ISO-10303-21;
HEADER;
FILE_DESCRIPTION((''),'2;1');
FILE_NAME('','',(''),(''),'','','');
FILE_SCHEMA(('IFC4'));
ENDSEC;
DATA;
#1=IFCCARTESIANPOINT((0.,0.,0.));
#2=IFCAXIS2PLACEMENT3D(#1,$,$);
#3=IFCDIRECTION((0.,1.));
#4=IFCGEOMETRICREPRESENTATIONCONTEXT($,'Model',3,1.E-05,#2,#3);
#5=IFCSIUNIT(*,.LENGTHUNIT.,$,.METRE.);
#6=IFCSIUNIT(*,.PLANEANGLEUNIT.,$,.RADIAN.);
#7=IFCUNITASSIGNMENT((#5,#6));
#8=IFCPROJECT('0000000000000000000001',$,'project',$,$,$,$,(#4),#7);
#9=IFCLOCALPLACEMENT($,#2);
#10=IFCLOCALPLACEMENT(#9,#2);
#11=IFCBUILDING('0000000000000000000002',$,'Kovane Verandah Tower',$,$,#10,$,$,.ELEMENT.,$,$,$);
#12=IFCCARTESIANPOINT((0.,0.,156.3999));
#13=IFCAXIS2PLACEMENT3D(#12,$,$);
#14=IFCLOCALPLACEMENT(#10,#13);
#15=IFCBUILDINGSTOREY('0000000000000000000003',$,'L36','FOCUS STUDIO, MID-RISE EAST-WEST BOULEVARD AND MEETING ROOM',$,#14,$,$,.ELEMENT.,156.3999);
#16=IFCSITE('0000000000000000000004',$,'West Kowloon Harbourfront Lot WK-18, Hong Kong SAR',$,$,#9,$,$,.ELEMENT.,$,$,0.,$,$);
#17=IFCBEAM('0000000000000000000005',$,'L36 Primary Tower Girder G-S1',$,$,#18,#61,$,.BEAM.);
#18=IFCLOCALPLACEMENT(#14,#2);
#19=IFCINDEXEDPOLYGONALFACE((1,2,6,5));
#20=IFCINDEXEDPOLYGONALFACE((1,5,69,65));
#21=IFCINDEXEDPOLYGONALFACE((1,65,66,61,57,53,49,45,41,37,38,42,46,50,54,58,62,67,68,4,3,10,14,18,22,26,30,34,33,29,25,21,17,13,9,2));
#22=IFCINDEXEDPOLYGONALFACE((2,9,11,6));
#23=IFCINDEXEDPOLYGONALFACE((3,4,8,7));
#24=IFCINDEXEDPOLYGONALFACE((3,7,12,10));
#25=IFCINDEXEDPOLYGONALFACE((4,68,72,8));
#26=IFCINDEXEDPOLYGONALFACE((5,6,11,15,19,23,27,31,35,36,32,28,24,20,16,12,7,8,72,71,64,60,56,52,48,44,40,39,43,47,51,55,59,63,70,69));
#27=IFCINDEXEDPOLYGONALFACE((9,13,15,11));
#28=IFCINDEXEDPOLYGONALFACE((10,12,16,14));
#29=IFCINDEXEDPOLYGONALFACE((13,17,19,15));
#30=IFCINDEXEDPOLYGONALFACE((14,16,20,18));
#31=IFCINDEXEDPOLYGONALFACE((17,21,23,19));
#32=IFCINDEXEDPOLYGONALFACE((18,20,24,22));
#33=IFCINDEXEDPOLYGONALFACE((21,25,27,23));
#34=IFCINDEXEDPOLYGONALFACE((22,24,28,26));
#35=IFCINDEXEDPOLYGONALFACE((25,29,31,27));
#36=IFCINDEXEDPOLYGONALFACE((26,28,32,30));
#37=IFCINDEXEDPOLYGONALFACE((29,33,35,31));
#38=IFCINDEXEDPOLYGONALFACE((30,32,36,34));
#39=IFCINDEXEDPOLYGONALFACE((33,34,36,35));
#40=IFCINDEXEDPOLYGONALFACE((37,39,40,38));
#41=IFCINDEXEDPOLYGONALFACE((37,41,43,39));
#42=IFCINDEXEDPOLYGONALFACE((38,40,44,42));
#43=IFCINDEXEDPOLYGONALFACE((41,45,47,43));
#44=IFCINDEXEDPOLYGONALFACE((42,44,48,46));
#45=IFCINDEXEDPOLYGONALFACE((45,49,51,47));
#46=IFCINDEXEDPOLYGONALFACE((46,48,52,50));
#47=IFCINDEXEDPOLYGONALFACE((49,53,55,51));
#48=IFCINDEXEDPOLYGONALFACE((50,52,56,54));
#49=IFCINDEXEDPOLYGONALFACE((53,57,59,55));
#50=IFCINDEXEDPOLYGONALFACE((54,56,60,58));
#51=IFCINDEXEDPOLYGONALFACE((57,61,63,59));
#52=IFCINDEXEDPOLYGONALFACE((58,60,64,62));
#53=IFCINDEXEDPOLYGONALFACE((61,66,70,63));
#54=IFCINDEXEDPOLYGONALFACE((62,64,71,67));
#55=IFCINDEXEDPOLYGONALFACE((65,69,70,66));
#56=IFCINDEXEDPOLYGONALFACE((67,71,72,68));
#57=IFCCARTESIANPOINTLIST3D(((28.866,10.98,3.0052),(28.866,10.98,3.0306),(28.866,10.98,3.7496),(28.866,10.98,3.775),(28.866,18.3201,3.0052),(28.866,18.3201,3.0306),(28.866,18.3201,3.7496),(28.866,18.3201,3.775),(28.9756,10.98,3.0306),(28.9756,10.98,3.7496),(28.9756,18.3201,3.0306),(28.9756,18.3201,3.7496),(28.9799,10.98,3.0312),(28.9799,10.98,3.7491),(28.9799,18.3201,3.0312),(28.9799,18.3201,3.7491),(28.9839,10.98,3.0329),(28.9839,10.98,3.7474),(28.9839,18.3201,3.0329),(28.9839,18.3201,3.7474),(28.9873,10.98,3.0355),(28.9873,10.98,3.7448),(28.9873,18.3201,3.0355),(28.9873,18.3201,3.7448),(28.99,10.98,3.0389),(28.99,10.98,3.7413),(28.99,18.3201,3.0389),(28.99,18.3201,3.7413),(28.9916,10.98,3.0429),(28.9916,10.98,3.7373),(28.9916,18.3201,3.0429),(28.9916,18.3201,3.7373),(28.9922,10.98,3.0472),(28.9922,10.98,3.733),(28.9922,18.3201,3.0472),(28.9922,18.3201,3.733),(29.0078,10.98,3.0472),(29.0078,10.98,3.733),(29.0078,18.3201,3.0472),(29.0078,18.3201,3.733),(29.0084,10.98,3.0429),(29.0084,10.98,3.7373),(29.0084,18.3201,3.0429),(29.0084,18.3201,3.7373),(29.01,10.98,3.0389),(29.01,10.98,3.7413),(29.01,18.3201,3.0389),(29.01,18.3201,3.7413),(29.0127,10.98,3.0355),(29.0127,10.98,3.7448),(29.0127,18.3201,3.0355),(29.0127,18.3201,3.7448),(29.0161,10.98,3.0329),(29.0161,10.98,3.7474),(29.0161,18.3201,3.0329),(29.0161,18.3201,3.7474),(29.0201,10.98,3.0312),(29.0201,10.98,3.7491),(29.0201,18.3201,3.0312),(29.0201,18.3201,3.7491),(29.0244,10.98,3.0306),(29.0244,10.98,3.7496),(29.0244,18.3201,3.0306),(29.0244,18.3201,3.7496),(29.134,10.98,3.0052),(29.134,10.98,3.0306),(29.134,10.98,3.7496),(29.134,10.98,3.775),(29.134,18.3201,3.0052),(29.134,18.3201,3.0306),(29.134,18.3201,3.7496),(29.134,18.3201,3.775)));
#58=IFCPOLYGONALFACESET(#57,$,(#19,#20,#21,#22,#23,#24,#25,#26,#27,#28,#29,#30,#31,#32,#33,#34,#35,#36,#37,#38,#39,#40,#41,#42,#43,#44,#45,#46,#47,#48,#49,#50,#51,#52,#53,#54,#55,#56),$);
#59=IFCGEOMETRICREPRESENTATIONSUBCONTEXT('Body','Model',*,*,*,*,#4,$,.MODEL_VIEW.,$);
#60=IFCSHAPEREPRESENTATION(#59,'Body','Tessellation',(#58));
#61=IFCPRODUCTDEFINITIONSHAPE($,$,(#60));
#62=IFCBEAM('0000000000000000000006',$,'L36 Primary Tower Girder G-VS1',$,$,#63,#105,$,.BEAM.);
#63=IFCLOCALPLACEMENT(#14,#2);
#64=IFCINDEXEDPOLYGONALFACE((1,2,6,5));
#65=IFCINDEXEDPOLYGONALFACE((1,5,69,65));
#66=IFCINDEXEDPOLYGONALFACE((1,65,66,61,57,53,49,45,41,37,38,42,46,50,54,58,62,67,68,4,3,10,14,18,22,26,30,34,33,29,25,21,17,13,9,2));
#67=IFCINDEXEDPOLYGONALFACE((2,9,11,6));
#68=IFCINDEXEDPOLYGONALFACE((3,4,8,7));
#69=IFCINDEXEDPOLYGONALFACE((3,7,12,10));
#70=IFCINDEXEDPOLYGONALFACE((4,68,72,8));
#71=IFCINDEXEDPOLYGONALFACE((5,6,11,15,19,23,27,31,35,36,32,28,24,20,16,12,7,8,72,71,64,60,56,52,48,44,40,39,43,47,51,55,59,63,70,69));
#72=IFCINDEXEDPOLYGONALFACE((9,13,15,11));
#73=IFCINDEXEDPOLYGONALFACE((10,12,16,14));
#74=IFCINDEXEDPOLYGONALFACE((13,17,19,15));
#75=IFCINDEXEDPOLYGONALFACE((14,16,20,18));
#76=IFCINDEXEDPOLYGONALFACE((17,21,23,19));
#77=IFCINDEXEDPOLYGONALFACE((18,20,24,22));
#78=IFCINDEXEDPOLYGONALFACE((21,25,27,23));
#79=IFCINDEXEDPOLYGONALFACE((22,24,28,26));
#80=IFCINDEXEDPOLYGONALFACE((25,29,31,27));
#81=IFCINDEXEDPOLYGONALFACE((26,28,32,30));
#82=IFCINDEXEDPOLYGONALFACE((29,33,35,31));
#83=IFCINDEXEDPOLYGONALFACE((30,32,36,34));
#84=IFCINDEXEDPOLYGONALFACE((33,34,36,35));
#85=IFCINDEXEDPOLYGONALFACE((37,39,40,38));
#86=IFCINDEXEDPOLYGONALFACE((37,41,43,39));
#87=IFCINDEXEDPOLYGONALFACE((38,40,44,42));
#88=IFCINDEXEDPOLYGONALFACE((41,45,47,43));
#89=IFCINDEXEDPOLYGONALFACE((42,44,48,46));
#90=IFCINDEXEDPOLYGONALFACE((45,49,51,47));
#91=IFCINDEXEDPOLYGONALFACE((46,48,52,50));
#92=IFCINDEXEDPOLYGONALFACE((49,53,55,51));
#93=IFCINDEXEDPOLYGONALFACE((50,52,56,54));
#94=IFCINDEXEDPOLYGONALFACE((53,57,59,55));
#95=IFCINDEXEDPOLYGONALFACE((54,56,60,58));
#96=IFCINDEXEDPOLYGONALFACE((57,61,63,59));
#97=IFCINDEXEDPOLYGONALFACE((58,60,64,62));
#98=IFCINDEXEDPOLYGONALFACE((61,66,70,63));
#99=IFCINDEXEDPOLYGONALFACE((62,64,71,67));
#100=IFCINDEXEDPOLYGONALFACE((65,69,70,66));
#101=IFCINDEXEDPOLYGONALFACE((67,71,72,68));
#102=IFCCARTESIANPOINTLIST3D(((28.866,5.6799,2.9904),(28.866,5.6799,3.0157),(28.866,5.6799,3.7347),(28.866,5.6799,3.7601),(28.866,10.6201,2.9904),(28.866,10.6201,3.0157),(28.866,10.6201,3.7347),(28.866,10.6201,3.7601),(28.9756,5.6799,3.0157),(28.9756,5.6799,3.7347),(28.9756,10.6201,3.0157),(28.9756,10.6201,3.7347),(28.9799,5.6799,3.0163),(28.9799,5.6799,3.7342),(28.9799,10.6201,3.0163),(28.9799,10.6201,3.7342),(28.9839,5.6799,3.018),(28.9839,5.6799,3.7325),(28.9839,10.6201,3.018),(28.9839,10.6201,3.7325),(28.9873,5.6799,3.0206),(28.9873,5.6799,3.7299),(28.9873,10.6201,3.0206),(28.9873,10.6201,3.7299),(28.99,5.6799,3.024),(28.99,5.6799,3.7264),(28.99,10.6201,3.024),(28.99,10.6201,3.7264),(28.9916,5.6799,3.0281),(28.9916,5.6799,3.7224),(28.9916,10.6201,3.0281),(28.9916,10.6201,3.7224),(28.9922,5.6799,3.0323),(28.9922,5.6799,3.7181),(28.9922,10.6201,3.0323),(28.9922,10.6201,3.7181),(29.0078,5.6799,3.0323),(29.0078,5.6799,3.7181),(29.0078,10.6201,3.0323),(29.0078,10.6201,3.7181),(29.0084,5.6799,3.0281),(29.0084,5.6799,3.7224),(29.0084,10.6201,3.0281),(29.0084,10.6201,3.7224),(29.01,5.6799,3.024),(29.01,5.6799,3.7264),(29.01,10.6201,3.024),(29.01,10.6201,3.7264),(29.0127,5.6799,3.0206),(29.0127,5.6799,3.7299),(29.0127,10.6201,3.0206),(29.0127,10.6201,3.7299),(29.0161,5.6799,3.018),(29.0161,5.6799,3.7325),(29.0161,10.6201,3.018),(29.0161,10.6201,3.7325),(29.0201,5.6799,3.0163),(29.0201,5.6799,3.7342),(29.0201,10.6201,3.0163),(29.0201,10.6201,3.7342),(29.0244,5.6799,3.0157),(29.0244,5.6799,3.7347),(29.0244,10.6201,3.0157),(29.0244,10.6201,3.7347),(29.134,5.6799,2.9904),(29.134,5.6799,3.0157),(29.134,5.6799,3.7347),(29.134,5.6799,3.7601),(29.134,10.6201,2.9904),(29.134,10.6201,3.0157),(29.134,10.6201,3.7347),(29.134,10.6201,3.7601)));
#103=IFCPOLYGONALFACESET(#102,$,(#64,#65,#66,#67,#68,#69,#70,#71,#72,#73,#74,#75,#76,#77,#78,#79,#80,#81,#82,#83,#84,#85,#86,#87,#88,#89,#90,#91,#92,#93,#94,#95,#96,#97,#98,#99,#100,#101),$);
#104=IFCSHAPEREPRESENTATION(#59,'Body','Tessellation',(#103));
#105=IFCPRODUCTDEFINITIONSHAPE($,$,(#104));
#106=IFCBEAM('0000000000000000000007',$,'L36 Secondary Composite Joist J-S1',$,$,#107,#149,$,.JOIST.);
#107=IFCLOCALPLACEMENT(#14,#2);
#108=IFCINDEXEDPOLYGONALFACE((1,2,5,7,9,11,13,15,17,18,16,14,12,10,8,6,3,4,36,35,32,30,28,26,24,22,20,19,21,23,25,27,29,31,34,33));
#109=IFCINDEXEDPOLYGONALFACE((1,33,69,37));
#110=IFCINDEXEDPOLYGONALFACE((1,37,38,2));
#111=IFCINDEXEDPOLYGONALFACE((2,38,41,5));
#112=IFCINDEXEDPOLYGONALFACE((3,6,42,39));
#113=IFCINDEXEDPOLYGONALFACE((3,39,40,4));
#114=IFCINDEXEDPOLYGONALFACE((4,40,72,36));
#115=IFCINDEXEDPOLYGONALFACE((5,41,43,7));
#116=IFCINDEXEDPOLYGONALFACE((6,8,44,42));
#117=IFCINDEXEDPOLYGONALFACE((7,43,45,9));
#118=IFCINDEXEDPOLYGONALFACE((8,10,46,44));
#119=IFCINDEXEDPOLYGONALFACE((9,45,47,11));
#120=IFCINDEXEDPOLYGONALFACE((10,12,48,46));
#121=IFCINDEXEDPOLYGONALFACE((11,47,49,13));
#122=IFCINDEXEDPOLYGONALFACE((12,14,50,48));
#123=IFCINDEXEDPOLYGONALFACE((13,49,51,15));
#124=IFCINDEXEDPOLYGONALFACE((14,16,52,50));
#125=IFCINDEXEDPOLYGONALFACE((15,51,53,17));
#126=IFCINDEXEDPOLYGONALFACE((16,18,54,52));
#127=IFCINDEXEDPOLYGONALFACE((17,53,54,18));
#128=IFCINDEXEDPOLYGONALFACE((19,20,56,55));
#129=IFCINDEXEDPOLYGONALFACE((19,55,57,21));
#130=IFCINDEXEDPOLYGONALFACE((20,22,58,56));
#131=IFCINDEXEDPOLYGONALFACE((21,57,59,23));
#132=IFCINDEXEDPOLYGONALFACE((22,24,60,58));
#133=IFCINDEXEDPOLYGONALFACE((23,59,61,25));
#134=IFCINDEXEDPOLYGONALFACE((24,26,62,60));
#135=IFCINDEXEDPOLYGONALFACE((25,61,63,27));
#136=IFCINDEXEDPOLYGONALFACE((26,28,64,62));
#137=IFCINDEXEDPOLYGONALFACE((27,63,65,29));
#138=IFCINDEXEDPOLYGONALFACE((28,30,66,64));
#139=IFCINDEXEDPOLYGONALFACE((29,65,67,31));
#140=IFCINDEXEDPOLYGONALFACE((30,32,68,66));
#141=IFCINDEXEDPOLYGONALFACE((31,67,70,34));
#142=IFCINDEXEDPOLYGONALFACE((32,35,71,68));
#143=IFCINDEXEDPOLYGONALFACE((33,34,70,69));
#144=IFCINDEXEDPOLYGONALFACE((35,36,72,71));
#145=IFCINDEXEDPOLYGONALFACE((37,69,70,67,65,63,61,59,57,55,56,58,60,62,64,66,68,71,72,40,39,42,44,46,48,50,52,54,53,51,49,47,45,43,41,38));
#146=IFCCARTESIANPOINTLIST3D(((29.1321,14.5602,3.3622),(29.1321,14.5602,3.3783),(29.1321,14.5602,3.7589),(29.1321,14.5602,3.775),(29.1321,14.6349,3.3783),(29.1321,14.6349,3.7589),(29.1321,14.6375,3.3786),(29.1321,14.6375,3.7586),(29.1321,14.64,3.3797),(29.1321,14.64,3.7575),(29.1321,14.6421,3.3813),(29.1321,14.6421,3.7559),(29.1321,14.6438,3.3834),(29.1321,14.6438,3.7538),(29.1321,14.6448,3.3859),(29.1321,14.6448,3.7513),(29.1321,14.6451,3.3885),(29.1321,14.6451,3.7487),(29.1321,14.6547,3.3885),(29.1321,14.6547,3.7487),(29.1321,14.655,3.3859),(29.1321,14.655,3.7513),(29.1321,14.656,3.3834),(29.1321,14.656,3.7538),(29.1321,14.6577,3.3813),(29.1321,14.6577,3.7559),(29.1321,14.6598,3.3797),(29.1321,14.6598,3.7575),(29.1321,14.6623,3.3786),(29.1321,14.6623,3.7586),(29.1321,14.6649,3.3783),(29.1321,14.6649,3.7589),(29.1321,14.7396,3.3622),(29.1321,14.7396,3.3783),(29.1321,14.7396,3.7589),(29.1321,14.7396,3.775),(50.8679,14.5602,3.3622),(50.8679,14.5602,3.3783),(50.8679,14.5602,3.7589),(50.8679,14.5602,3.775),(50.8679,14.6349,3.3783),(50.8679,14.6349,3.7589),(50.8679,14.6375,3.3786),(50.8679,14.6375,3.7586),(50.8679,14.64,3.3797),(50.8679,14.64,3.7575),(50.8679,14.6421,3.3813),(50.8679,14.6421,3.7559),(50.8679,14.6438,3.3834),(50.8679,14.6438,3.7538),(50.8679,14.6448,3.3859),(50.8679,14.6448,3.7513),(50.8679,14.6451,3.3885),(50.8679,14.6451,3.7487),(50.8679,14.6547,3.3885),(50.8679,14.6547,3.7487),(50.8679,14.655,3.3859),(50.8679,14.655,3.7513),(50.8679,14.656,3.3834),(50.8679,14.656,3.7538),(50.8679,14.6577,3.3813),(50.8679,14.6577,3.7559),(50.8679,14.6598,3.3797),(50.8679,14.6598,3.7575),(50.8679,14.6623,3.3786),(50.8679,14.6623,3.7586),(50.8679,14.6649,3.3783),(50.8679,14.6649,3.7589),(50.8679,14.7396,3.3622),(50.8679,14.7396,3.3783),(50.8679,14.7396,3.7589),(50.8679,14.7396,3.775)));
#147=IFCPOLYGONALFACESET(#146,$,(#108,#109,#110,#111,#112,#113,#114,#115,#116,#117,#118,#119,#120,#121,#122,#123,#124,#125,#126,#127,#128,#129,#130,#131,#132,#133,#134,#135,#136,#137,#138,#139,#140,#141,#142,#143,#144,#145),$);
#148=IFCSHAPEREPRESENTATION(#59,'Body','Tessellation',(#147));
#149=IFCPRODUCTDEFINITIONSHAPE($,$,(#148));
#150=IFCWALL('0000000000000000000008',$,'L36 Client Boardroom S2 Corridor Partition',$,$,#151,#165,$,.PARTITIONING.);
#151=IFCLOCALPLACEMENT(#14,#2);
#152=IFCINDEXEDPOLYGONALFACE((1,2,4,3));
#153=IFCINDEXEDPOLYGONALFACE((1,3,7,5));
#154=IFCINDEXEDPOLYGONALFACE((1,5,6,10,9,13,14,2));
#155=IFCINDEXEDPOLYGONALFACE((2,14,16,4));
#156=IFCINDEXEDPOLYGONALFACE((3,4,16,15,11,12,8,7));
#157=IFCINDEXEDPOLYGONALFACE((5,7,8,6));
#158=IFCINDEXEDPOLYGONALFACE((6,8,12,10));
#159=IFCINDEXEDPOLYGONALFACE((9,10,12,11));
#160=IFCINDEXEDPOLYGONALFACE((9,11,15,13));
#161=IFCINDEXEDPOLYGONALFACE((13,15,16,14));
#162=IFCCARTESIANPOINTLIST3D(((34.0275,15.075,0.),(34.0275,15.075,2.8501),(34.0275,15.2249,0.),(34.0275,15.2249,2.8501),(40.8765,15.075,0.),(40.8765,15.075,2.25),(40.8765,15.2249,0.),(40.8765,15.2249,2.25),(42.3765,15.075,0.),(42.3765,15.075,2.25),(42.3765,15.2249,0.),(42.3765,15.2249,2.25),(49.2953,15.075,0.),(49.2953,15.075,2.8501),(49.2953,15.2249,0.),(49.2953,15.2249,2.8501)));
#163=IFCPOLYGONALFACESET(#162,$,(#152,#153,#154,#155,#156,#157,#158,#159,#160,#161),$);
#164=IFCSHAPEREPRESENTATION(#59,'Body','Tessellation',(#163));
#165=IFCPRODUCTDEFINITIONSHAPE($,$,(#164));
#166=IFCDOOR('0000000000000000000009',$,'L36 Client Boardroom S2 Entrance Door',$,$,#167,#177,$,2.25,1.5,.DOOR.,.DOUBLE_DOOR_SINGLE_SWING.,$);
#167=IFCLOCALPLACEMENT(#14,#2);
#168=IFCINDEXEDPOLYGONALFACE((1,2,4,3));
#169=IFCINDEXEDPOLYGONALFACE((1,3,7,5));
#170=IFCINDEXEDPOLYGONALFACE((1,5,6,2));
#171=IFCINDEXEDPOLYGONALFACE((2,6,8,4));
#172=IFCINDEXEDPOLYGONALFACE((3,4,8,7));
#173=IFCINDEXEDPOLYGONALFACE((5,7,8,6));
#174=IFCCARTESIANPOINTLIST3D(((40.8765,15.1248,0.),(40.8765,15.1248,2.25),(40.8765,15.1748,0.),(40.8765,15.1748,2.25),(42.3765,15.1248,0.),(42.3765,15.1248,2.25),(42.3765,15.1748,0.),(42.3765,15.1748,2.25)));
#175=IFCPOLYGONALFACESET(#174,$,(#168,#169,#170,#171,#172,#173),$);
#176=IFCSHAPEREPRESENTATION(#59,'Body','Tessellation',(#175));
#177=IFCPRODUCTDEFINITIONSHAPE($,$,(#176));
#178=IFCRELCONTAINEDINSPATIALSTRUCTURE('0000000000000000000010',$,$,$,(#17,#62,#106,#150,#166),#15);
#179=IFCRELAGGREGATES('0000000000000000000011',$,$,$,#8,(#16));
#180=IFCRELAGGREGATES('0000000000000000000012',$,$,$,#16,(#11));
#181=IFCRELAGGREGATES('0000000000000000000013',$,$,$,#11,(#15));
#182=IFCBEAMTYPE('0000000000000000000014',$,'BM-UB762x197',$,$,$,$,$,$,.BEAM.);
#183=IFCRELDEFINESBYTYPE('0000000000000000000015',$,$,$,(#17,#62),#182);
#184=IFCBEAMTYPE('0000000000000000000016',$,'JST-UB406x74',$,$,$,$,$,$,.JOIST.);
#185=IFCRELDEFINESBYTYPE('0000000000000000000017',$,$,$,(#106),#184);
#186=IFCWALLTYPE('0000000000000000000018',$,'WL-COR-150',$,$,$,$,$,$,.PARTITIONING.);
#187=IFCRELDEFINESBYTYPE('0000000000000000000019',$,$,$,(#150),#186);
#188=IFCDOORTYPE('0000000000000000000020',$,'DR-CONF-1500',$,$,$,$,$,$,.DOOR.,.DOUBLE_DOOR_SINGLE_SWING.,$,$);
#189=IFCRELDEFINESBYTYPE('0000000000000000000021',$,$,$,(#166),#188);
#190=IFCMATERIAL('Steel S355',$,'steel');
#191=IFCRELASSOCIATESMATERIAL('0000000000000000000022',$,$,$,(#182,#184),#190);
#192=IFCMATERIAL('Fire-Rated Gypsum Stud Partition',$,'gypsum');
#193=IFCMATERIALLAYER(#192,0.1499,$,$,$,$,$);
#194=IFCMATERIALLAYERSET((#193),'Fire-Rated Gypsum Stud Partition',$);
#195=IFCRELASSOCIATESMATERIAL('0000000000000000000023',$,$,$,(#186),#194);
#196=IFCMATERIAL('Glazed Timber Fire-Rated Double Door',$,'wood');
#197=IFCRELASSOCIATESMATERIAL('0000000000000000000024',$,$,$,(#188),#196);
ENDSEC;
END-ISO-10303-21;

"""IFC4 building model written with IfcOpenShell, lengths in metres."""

from ifc_helpers import new_model, si_unit, direction, frame, frame_2d, origin, origin_2d, place, context, subcontext, project, spatial, rectangle, i_section, extrude, material, layer, layer_set, material_profile, profile_set, type_object, element, fill, save


model = new_model("IFC4")

# Units and contexts
model_context = context("Model", 3, precision=1e-05, world=origin(), true_north=direction((0.0, 1.0)))
body_context = subcontext(model_context, "Body", "Model", "MODEL_VIEW")
ifc_project = project(units=[si_unit("LENGTHUNIT", "METRE"), si_unit("PLANEANGLEUNIT", "RADIAN")], contexts=[model_context])

# Site, building, storey
site_placement = place(None, origin())
site = spatial("IfcSite", under=ifc_project, at=site_placement, Name="West Kowloon Harbourfront Lot WK-18, Hong Kong SAR", CompositionType="ELEMENT", RefElevation=0.0)
building_placement = place(site_placement, origin())
building = spatial("IfcBuilding", under=site, at=building_placement, Name="Kovane Verandah Tower", CompositionType="ELEMENT")
storey_placement = place(building_placement, frame((0.0, 0.0, 156.3999)))
storey = spatial("IfcBuildingStorey", under=building, at=storey_placement, Name="L36", Description="FOCUS STUDIO, MID-RISE EAST-WEST BOULEVARD AND MEETING ROOM", CompositionType="ELEMENT", Elevation=156.3999)

# Beams
ifc_material_1 = material(Name="Steel S355", Category="steel")
ifc_material_profile_1 = material_profile(ifc_material_1, i_section(OverallWidth=0.2681, OverallDepth=0.7698, WebThickness=0.0156, FlangeThickness=0.0254, FilletRadius=0.0166, at=origin_2d()), Name="UB762x267x197")
ifc_profile_set_1 = profile_set([ifc_material_profile_1], Name="Steel S355")
beam_type_1 = type_object("IfcBeamType", Name="BM-UB762x197", PredefinedType="BEAM", material=ifc_profile_set_1)
beam_1_placement = place(storey_placement, frame((29.0, 18.3201, 3.3901), z_axis=(0.0, -1.0, 0.0), x_axis=(1.0, 0.0, 0.0)))
element("IfcBeam", 1, at=beam_1_placement, inside=storey, type_object=beam_type_1, Name="L36 Primary Tower Girder G-S1", PredefinedType="BEAM", context=body_context, shape_type="SweptSolid", body=[
    extrude(i_section(OverallWidth=0.2681, OverallDepth=0.7698, WebThickness=0.0156, FlangeThickness=0.0254, FilletRadius=0.0166, at=origin_2d()), origin(), (0.0, 0.0, 1.0), 7.3401),
])
beam_2_placement = place(storey_placement, frame((29.0, 10.6201, 3.3752), z_axis=(0.0, -1.0, 0.0), x_axis=(1.0, 0.0, 0.0)))
element("IfcBeam", 2, at=beam_2_placement, inside=storey, type_object=beam_type_1, Name="L36 Primary Tower Girder G-VS1", PredefinedType="BEAM", context=body_context, shape_type="SweptSolid", body=[
    extrude(i_section(OverallWidth=0.2681, OverallDepth=0.7698, WebThickness=0.0156, FlangeThickness=0.0254, FilletRadius=0.0166, at=origin_2d()), origin(), (0.0, 0.0, 1.0), 4.9402),
])
ifc_material_profile_2 = material_profile(ifc_material_1, i_section(OverallWidth=0.1794, OverallDepth=0.4128, WebThickness=0.0095, FlangeThickness=0.0161, FilletRadius=0.0103, at=origin_2d()), Name="UB406x178x74")
ifc_profile_set_2 = profile_set([ifc_material_profile_2], Name="Steel S355")
beam_type_2 = type_object("IfcBeamType", Name="JST-UB406x74", PredefinedType="JOIST", material=ifc_profile_set_2)
beam_3_placement = place(storey_placement, frame((29.1321, 14.6499, 3.5686), z_axis=(1.0, 0.0, 0.0), x_axis=(0.0, 1.0, 0.0)))
element("IfcBeam", 3, at=beam_3_placement, inside=storey, type_object=beam_type_2, Name="L36 Secondary Composite Joist J-S1", PredefinedType="JOIST", context=body_context, shape_type="SweptSolid", body=[
    extrude(i_section(OverallWidth=0.1794, OverallDepth=0.4128, WebThickness=0.0095, FlangeThickness=0.0161, FilletRadius=0.0103, at=origin_2d()), origin(), (0.0, 0.0, 1.0), 21.7358),
])

# Wall, opening, door
ifc_material_2 = material(Name="Fire-Rated Gypsum Stud Partition", Category="gypsum")
ifc_layer_1 = layer(ifc_material_2, 0.1499)
ifc_layer_set_1 = layer_set([ifc_layer_1], Name="Fire-Rated Gypsum Stud Partition")
wall_type_1 = type_object("IfcWallType", Name="WL-COR-150", PredefinedType="PARTITIONING", material=ifc_layer_set_1)
wall_1_placement = place(storey_placement, frame((34.0276, 15.1499, 0.0), z_axis=(0.0, 0.0, 1.0), x_axis=(1.0, 0.0, 0.0)))
wall_1 = element("IfcWall", 4, at=wall_1_placement, inside=storey, type_object=wall_type_1, Name="L36 Client Boardroom S2 Corridor Partition", PredefinedType="PARTITIONING", context=body_context, shape_type="SweptSolid", body=[
    extrude(rectangle(XDim=15.2678, YDim=0.1499, at=frame_2d((7.6338, 0.0))), origin(), (0.0, 0.0, 1.0), 2.8501),
])
opening_1_placement = place(wall_1_placement, frame((6.8489, 0.0, 0.0)))
opening_1 = element("IfcOpeningElement", 5, at=opening_1_placement, cuts=wall_1, PredefinedType="OPENING", context=body_context, shape_type="SweptSolid", body=[
    extrude(rectangle(XDim=1.5, YDim=2.25, at=frame_2d((0.75, 1.125))), frame((0.0, 0.075, 0.0), z_axis=(0.0, -1.0, 0.0), x_axis=(1.0, 0.0, 0.0)), (0.0, 0.0, 1.0), 0.1499),
])
ifc_material_3 = material(Name="Glazed Timber Fire-Rated Double Door", Category="wood")
door_type_1 = type_object("IfcDoorType", Name="DR-CONF-1500", OperationType="DOUBLE_DOOR_SINGLE_SWING", PredefinedType="DOOR", material=ifc_material_3)
door_1_placement = place(opening_1_placement, origin())
door_1 = element("IfcDoor", 6, at=door_1_placement, inside=storey, type_object=door_type_1, Name="L36 Client Boardroom S2 Entrance Door", OperationType="DOUBLE_DOOR_SINGLE_SWING", OverallHeight=2.25, OverallWidth=1.5, PredefinedType="DOOR", context=body_context, shape_type="SweptSolid", body=[
    extrude(rectangle(XDim=1.5, YDim=2.25, at=frame_2d((0.75, 1.125))), frame((0.0, 0.0249, 0.0), z_axis=(0.0, -1.0, 0.0), x_axis=(1.0, 0.0, 0.0)), (0.0, 0.0, 1.0), 0.05),
])
fill(opening_1, door_1)

save(model, "model.ifc")
